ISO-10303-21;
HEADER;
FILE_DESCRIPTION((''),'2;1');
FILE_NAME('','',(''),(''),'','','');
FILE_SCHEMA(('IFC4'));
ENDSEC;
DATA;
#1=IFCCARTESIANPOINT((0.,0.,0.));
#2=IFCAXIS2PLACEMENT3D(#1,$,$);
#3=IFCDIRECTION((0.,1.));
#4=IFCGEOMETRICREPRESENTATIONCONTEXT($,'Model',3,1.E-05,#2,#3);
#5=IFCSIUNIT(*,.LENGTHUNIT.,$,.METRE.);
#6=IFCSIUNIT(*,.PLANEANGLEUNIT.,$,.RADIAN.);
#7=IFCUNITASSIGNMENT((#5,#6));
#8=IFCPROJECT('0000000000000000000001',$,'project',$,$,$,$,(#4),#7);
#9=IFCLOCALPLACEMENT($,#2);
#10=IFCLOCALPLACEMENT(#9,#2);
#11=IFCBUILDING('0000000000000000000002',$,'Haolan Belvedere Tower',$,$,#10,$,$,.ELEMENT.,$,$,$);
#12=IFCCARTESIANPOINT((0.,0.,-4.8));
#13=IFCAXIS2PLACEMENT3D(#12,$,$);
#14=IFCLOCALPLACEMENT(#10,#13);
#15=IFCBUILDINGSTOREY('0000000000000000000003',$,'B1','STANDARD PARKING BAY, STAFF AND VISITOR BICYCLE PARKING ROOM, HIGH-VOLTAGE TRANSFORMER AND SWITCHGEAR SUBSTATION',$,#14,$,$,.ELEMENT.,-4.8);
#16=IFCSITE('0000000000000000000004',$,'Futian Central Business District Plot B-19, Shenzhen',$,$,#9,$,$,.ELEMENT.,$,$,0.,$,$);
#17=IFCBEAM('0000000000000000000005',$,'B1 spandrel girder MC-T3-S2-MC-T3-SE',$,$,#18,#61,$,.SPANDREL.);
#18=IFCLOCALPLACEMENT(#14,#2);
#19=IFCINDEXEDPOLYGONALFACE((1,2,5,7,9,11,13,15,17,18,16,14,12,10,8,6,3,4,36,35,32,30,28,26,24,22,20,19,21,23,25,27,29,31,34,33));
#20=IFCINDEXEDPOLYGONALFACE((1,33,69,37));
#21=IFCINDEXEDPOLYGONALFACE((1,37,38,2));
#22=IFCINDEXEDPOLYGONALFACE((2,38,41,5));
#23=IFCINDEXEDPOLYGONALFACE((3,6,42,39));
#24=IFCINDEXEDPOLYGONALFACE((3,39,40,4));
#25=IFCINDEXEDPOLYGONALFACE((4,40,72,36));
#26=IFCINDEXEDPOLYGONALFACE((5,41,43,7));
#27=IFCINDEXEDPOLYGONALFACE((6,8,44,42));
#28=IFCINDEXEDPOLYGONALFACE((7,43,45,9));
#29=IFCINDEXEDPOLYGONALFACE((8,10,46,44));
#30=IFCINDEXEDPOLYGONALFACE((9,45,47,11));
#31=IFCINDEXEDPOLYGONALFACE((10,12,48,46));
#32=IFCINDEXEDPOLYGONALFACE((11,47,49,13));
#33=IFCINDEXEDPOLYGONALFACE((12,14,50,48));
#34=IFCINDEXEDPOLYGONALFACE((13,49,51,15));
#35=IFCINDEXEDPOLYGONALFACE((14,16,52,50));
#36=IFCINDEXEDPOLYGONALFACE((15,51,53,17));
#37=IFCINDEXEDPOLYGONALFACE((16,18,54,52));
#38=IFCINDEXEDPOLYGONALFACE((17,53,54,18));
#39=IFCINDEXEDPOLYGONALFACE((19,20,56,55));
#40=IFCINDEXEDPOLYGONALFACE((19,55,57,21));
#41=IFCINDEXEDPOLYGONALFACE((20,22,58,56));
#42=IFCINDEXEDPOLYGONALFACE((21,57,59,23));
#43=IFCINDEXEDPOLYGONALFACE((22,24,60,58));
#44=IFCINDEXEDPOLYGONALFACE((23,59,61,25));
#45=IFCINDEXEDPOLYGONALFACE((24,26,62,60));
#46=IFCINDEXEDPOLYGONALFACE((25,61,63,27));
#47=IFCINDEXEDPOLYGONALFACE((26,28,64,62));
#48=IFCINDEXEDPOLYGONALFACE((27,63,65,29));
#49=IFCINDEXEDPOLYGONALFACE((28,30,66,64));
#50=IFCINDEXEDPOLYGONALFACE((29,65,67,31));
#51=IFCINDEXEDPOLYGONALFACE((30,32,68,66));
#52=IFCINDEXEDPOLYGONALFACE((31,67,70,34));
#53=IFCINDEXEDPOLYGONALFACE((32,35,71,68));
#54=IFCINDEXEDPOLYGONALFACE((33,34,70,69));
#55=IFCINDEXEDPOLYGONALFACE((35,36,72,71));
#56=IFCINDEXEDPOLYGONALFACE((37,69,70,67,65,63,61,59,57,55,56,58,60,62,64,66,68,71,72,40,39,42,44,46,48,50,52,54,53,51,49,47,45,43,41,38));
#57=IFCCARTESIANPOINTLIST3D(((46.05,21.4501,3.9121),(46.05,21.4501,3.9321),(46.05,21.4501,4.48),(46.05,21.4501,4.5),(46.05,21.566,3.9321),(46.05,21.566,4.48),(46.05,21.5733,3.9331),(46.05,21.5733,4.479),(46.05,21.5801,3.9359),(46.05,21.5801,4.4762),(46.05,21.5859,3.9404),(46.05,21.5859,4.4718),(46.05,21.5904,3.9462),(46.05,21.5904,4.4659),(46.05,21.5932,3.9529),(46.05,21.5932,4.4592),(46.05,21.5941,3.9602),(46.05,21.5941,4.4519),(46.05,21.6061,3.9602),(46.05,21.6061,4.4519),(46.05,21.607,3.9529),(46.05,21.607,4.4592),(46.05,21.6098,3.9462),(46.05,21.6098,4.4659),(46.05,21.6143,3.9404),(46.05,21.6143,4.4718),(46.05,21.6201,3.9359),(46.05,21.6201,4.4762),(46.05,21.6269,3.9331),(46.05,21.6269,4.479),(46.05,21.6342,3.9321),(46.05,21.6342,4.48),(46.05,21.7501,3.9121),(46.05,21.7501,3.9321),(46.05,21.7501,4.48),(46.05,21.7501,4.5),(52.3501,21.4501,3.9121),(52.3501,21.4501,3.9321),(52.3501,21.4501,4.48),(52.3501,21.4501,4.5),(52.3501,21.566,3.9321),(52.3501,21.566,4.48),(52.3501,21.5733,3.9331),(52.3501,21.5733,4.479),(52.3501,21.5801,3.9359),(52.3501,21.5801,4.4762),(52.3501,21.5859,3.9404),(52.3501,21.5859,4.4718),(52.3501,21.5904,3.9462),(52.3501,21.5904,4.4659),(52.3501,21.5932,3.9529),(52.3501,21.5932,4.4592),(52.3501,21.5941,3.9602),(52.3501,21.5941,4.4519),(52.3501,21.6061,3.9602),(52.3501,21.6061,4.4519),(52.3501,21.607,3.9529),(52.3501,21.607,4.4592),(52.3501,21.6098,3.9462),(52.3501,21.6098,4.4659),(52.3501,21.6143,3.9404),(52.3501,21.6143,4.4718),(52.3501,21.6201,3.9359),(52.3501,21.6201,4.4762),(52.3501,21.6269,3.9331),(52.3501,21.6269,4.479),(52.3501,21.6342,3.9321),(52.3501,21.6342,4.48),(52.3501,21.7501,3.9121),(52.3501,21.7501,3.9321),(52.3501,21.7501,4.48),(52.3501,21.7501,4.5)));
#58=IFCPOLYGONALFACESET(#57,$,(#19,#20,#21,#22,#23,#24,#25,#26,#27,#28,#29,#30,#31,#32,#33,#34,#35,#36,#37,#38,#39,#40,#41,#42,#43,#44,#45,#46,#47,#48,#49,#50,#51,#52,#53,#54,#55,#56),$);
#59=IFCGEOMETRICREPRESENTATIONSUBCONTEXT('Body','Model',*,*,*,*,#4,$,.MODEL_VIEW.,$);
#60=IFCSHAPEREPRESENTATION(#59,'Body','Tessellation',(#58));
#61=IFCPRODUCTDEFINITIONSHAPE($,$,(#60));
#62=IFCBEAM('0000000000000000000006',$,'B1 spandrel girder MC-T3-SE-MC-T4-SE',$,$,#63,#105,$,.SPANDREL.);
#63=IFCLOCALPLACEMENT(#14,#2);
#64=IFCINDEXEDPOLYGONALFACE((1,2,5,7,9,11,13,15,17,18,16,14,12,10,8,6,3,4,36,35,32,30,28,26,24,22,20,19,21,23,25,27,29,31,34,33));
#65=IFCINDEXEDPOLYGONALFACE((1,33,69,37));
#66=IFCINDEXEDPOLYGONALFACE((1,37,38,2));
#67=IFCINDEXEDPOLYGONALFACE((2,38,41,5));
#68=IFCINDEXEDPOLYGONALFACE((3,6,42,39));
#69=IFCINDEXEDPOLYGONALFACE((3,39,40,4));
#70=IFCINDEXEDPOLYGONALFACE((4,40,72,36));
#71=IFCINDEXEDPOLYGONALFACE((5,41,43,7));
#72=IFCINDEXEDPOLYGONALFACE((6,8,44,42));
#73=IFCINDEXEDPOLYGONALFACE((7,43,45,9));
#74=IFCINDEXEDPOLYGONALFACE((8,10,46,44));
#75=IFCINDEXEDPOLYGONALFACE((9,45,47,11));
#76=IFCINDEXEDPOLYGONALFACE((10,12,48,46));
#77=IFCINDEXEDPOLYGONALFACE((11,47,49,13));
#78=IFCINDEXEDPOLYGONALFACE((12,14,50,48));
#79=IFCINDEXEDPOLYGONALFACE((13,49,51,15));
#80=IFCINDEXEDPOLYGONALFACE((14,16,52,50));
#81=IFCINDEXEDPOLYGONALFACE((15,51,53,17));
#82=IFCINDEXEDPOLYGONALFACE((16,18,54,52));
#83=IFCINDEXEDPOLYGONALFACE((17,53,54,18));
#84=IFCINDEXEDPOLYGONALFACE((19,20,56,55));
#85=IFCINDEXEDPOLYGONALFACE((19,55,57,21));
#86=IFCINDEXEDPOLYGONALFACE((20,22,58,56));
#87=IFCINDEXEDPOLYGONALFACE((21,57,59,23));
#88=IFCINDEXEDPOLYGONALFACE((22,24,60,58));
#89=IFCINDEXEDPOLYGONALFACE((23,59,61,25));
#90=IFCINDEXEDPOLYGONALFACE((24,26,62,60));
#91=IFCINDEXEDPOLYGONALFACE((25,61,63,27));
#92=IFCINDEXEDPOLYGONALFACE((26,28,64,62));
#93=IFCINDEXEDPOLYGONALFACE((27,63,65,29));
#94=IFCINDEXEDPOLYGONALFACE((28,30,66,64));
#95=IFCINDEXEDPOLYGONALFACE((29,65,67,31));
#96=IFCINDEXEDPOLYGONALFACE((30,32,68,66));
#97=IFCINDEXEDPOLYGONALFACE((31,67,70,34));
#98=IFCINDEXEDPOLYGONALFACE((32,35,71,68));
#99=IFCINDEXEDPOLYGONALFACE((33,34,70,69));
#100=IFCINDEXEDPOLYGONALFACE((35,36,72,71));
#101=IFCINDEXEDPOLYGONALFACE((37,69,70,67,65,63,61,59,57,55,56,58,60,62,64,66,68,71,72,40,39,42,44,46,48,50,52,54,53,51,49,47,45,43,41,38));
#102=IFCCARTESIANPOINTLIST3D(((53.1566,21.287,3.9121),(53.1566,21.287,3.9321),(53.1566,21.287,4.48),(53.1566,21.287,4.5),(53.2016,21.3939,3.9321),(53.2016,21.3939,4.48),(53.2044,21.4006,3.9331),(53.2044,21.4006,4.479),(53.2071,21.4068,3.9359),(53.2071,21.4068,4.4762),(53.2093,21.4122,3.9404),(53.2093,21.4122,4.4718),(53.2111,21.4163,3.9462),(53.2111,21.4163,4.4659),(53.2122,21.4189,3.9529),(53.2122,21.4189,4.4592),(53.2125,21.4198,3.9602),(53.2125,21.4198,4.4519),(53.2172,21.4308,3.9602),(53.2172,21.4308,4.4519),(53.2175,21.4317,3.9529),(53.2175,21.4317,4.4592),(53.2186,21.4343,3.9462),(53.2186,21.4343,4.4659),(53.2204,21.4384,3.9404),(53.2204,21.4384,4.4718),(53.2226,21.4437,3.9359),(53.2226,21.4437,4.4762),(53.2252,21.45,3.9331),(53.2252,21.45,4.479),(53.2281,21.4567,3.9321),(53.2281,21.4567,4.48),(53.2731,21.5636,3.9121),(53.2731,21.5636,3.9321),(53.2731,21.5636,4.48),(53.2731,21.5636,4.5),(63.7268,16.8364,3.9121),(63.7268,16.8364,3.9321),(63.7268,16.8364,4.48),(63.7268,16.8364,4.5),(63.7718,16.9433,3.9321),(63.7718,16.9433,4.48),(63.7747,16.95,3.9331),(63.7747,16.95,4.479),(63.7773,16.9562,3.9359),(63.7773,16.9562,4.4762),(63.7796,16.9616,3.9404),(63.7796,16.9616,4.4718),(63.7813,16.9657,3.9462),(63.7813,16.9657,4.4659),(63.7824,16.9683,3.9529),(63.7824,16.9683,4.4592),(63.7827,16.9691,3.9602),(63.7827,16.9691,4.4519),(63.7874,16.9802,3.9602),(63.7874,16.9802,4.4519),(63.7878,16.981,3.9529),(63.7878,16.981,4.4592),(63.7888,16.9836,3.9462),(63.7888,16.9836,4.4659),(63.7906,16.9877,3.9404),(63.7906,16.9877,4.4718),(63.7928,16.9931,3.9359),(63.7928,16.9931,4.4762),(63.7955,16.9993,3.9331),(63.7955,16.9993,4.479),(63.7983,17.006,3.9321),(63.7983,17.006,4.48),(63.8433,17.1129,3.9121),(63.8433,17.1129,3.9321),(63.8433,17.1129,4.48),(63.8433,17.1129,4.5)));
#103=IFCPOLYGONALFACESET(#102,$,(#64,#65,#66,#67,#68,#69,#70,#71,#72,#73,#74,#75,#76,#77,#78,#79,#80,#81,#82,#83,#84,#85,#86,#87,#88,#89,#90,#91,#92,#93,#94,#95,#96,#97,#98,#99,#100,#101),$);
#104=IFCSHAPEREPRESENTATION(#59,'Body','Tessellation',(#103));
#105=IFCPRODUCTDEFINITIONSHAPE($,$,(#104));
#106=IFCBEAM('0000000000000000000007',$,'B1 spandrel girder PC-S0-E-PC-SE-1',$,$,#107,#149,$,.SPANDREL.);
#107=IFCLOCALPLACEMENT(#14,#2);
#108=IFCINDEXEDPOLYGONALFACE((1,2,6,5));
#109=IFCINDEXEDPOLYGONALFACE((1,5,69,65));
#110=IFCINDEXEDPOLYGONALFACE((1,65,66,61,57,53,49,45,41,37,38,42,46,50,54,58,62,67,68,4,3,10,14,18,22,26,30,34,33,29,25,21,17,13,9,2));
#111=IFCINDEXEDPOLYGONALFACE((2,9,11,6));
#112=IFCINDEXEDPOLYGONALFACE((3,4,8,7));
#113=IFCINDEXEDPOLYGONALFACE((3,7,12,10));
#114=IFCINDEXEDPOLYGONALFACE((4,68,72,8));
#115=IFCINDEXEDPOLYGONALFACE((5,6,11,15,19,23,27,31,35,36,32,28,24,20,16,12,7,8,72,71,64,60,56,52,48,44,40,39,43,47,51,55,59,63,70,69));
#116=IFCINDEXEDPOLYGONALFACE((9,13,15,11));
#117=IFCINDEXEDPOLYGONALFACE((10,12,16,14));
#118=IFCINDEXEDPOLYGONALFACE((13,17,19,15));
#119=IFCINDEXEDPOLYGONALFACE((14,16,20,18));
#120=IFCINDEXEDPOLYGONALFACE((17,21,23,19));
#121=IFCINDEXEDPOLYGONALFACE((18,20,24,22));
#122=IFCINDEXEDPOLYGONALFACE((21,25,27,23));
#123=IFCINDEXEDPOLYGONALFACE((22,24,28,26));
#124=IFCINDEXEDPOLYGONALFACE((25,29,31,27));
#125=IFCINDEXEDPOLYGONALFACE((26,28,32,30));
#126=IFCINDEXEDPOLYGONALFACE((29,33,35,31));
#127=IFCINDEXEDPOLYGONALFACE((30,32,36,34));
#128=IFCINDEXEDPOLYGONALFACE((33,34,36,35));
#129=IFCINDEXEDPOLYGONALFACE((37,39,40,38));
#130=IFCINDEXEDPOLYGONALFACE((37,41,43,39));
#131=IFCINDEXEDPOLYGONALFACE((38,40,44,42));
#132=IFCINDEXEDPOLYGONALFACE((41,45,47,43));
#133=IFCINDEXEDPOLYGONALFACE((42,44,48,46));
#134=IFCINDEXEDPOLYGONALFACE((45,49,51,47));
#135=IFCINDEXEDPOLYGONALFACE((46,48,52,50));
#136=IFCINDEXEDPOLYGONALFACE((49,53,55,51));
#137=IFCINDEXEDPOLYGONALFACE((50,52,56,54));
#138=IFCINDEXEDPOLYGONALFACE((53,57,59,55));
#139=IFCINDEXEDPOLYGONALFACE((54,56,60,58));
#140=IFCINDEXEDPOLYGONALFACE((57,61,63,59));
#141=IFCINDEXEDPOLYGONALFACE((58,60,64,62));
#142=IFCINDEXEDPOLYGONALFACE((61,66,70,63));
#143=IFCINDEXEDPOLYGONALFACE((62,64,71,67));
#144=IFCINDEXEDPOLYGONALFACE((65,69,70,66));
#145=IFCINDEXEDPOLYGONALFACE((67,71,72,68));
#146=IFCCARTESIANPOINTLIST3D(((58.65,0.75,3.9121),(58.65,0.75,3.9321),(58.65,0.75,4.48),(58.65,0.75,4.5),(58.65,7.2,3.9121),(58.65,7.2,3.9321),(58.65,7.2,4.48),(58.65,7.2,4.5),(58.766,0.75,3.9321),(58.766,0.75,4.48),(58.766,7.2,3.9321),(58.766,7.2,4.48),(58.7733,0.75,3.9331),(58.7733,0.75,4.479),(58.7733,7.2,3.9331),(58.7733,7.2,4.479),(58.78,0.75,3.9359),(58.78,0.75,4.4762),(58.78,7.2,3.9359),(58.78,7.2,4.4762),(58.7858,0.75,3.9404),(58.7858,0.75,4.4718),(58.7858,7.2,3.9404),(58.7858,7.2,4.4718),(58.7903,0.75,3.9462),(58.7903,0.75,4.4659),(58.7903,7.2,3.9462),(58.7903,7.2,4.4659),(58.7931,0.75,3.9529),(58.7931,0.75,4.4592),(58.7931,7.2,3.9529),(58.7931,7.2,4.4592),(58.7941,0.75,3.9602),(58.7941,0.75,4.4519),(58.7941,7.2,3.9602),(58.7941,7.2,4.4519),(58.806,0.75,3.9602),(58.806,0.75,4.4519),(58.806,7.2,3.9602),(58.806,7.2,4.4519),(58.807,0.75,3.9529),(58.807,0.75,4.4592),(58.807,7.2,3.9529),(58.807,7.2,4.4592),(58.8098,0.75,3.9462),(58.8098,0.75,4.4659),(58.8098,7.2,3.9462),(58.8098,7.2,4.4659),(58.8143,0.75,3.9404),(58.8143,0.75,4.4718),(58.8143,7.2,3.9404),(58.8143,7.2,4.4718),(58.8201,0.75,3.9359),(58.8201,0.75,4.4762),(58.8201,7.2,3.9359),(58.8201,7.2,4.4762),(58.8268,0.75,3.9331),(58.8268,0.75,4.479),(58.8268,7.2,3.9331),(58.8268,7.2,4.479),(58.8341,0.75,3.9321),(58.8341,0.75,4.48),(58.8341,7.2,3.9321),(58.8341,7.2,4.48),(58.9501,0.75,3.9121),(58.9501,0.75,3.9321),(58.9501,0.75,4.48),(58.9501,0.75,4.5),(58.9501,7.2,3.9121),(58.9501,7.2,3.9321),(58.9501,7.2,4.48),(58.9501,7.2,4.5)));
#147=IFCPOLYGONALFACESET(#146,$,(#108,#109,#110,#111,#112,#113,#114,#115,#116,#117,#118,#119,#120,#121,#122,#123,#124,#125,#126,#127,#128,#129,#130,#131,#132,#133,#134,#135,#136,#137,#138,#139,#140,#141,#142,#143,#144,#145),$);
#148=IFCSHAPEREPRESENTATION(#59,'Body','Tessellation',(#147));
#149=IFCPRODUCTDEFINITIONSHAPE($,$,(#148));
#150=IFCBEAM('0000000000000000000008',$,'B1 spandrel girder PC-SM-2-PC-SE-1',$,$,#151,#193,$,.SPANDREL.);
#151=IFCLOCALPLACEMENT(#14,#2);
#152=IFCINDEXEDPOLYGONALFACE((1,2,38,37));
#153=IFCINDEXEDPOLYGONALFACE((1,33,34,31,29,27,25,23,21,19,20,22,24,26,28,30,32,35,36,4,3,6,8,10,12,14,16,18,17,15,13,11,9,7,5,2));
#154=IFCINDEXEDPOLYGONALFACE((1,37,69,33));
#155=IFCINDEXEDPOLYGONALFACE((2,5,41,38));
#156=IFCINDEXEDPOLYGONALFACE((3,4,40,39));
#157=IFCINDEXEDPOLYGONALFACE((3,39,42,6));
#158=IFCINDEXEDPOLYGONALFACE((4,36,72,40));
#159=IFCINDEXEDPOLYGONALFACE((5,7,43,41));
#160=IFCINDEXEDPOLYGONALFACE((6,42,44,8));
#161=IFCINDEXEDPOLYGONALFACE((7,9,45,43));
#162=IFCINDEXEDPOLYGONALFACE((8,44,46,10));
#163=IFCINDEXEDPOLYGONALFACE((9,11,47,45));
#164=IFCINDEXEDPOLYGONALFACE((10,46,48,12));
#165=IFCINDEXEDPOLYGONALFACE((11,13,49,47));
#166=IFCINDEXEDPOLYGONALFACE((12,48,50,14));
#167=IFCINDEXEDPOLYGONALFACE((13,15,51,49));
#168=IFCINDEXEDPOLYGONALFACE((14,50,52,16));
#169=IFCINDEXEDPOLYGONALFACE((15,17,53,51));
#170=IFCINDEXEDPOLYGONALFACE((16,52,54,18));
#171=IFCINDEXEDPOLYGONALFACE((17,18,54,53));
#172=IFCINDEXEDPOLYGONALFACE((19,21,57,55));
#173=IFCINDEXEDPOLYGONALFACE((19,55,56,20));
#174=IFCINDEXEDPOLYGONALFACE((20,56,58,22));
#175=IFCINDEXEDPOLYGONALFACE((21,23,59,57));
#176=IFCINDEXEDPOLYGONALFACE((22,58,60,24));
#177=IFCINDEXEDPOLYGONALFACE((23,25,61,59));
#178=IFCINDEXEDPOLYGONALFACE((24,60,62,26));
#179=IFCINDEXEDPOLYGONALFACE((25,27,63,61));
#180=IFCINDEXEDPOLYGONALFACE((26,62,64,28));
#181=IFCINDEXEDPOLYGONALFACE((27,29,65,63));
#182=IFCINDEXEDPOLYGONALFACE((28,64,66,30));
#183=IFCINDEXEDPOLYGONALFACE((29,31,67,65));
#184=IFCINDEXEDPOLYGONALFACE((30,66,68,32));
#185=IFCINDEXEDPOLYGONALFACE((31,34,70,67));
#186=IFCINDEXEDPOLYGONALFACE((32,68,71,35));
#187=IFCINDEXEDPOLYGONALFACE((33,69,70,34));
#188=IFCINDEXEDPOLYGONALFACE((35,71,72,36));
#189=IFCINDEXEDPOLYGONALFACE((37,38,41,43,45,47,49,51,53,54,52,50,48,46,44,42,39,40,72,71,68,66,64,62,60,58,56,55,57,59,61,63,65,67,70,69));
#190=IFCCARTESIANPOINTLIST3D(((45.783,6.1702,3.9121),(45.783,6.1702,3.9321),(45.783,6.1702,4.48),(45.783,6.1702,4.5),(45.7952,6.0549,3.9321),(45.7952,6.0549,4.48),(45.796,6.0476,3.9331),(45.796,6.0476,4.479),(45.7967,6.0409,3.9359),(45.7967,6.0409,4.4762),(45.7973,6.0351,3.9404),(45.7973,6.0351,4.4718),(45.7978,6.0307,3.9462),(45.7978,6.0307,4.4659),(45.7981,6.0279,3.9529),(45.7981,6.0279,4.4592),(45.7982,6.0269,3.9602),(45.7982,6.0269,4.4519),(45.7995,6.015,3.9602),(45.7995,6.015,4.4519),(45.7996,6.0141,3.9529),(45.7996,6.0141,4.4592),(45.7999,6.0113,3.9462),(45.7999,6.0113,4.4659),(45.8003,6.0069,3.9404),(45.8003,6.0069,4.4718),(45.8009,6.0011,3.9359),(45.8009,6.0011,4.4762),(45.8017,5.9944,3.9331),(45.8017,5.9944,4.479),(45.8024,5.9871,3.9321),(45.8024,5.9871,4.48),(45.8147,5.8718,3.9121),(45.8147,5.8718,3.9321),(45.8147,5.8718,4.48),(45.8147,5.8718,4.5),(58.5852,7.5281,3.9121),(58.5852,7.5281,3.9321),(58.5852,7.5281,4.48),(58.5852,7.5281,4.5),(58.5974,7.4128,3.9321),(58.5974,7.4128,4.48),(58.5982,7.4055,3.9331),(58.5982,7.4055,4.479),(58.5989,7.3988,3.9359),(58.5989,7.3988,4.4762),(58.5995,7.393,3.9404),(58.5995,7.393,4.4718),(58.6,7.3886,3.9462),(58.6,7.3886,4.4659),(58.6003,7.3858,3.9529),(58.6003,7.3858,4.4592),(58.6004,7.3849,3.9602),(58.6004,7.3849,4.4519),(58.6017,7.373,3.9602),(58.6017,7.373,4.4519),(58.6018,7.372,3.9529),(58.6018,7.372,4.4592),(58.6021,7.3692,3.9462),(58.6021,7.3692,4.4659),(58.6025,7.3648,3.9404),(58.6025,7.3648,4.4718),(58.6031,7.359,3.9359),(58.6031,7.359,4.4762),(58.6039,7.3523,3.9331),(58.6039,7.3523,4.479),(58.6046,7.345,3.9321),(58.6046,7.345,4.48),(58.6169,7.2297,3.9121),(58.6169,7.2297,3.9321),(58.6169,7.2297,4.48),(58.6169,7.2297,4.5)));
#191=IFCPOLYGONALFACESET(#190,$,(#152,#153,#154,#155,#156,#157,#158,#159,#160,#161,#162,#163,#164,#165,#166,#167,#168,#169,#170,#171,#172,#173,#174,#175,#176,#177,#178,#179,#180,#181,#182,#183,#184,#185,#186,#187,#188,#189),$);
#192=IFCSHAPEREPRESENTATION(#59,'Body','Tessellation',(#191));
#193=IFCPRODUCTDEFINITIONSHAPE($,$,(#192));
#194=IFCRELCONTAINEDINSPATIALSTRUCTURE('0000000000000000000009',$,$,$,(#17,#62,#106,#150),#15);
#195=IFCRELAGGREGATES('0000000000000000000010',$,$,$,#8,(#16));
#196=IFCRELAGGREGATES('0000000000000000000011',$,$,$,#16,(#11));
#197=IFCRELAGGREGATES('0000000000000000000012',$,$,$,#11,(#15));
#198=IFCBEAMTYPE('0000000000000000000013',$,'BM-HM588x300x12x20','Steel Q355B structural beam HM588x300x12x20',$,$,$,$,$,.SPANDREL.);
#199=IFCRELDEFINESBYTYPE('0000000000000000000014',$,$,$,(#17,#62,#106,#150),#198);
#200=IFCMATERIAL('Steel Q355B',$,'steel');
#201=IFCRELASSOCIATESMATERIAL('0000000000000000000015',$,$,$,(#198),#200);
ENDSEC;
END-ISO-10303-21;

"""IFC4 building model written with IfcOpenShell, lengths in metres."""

from ifc_helpers import new_model, si_unit, direction, frame, origin, origin_2d, place, context, subcontext, project, spatial, i_section, extrude, material, material_profile, profile_set, type_object, element, save


model = new_model("IFC4")

# Units and contexts
model_context = context("Model", 3, precision=1e-05, world=origin(), true_north=direction((0.0, 1.0)))
body_context = subcontext(model_context, "Body", "Model", "MODEL_VIEW")
ifc_project = project(units=[si_unit("LENGTHUNIT", "METRE"), si_unit("PLANEANGLEUNIT", "RADIAN")], contexts=[model_context])

# Site, building, storey
site_placement = place(None, origin())
site = spatial("IfcSite", under=ifc_project, at=site_placement, Name="Futian Central Business District Plot B-19, Shenzhen", CompositionType="ELEMENT", RefElevation=0.0)
building_placement = place(site_placement, origin())
building = spatial("IfcBuilding", under=site, at=building_placement, Name="Haolan Belvedere Tower", CompositionType="ELEMENT")
storey_placement = place(building_placement, frame((0.0, 0.0, -4.8)))
storey = spatial("IfcBuildingStorey", under=building, at=storey_placement, Name="B1", Description="STANDARD PARKING BAY, STAFF AND VISITOR BICYCLE PARKING ROOM, HIGH-VOLTAGE TRANSFORMER AND SWITCHGEAR SUBSTATION", CompositionType="ELEMENT", Elevation=-4.8)

# Shared definitions
ifc_material_1 = material(Name="Steel Q355B", Category="steel")

# Beams
ifc_material_profile_1 = material_profile(ifc_material_1, i_section(OverallWidth=0.3, OverallDepth=0.5879, WebThickness=0.012, FlangeThickness=0.02, FilletRadius=0.0281, at=origin_2d()), Name="Steel Q355B")
ifc_profile_set_1 = profile_set([ifc_material_profile_1], Name="Steel Q355B")
beam_type_1 = type_object("IfcBeamType", Name="BM-HM588x300x12x20", Description="Steel Q355B structural beam HM588x300x12x20", PredefinedType="SPANDREL", material=ifc_profile_set_1)
beam_1_placement = place(storey_placement, frame((46.05, 21.6001, 4.2061), z_axis=(1.0, 0.0, 0.0), x_axis=(0.0, 1.0, 0.0)))
element("IfcBeam", 1, at=beam_1_placement, inside=storey, type_object=beam_type_1, Name="B1 spandrel girder MC-T3-S2-MC-T3-SE", PredefinedType="SPANDREL", context=body_context, shape_type="SweptSolid", body=[
    extrude(i_section(OverallWidth=0.3, OverallDepth=0.5879, WebThickness=0.012, FlangeThickness=0.02, FilletRadius=0.0281, at=origin_2d()), origin(), (0.0, 0.0, 1.0), 6.3),
])
beam_2_placement = place(storey_placement, frame((53.2148, 21.4253, 4.2061), z_axis=(0.921635, -0.388059, 0.0), x_axis=(0.388059, 0.921635, 0.0)))
element("IfcBeam", 2, at=beam_2_placement, inside=storey, type_object=beam_type_1, Name="B1 spandrel girder MC-T3-SE-MC-T4-SE", PredefinedType="SPANDREL", context=body_context, shape_type="SweptSolid", body=[
    extrude(i_section(OverallWidth=0.3, OverallDepth=0.5879, WebThickness=0.012, FlangeThickness=0.02, FilletRadius=0.0281, at=origin_2d()), origin(), (0.0, 0.0, 1.0), 11.469),
])
beam_3_placement = place(storey_placement, frame((58.8, 0.75, 4.2061), z_axis=(0.0, 1.0, 0.0), x_axis=(-1.0, 0.0, 0.0)))
element("IfcBeam", 3, at=beam_3_placement, inside=storey, type_object=beam_type_1, Name="B1 spandrel girder PC-S0-E-PC-SE-1", PredefinedType="SPANDREL", context=body_context, shape_type="SweptSolid", body=[
    extrude(i_section(OverallWidth=0.3, OverallDepth=0.5879, WebThickness=0.012, FlangeThickness=0.02, FilletRadius=0.0281, at=origin_2d()), origin(), (0.0, 0.0, 1.0), 6.45),
])
beam_4_placement = place(storey_placement, frame((45.7988, 6.021, 4.2061), z_axis=(0.994422, 0.105476, 0.0), x_axis=(-0.105476, 0.994422, 0.0)))
element("IfcBeam", 4, at=beam_4_placement, inside=storey, type_object=beam_type_1, Name="B1 spandrel girder PC-SM-2-PC-SE-1", PredefinedType="SPANDREL", context=body_context, shape_type="SweptSolid", body=[
    extrude(i_section(OverallWidth=0.3, OverallDepth=0.5879, WebThickness=0.012, FlangeThickness=0.02, FilletRadius=0.0281, at=origin_2d()), origin(), (0.0, 0.0, 1.0), 12.874),
])

save(model, "model.ifc")
